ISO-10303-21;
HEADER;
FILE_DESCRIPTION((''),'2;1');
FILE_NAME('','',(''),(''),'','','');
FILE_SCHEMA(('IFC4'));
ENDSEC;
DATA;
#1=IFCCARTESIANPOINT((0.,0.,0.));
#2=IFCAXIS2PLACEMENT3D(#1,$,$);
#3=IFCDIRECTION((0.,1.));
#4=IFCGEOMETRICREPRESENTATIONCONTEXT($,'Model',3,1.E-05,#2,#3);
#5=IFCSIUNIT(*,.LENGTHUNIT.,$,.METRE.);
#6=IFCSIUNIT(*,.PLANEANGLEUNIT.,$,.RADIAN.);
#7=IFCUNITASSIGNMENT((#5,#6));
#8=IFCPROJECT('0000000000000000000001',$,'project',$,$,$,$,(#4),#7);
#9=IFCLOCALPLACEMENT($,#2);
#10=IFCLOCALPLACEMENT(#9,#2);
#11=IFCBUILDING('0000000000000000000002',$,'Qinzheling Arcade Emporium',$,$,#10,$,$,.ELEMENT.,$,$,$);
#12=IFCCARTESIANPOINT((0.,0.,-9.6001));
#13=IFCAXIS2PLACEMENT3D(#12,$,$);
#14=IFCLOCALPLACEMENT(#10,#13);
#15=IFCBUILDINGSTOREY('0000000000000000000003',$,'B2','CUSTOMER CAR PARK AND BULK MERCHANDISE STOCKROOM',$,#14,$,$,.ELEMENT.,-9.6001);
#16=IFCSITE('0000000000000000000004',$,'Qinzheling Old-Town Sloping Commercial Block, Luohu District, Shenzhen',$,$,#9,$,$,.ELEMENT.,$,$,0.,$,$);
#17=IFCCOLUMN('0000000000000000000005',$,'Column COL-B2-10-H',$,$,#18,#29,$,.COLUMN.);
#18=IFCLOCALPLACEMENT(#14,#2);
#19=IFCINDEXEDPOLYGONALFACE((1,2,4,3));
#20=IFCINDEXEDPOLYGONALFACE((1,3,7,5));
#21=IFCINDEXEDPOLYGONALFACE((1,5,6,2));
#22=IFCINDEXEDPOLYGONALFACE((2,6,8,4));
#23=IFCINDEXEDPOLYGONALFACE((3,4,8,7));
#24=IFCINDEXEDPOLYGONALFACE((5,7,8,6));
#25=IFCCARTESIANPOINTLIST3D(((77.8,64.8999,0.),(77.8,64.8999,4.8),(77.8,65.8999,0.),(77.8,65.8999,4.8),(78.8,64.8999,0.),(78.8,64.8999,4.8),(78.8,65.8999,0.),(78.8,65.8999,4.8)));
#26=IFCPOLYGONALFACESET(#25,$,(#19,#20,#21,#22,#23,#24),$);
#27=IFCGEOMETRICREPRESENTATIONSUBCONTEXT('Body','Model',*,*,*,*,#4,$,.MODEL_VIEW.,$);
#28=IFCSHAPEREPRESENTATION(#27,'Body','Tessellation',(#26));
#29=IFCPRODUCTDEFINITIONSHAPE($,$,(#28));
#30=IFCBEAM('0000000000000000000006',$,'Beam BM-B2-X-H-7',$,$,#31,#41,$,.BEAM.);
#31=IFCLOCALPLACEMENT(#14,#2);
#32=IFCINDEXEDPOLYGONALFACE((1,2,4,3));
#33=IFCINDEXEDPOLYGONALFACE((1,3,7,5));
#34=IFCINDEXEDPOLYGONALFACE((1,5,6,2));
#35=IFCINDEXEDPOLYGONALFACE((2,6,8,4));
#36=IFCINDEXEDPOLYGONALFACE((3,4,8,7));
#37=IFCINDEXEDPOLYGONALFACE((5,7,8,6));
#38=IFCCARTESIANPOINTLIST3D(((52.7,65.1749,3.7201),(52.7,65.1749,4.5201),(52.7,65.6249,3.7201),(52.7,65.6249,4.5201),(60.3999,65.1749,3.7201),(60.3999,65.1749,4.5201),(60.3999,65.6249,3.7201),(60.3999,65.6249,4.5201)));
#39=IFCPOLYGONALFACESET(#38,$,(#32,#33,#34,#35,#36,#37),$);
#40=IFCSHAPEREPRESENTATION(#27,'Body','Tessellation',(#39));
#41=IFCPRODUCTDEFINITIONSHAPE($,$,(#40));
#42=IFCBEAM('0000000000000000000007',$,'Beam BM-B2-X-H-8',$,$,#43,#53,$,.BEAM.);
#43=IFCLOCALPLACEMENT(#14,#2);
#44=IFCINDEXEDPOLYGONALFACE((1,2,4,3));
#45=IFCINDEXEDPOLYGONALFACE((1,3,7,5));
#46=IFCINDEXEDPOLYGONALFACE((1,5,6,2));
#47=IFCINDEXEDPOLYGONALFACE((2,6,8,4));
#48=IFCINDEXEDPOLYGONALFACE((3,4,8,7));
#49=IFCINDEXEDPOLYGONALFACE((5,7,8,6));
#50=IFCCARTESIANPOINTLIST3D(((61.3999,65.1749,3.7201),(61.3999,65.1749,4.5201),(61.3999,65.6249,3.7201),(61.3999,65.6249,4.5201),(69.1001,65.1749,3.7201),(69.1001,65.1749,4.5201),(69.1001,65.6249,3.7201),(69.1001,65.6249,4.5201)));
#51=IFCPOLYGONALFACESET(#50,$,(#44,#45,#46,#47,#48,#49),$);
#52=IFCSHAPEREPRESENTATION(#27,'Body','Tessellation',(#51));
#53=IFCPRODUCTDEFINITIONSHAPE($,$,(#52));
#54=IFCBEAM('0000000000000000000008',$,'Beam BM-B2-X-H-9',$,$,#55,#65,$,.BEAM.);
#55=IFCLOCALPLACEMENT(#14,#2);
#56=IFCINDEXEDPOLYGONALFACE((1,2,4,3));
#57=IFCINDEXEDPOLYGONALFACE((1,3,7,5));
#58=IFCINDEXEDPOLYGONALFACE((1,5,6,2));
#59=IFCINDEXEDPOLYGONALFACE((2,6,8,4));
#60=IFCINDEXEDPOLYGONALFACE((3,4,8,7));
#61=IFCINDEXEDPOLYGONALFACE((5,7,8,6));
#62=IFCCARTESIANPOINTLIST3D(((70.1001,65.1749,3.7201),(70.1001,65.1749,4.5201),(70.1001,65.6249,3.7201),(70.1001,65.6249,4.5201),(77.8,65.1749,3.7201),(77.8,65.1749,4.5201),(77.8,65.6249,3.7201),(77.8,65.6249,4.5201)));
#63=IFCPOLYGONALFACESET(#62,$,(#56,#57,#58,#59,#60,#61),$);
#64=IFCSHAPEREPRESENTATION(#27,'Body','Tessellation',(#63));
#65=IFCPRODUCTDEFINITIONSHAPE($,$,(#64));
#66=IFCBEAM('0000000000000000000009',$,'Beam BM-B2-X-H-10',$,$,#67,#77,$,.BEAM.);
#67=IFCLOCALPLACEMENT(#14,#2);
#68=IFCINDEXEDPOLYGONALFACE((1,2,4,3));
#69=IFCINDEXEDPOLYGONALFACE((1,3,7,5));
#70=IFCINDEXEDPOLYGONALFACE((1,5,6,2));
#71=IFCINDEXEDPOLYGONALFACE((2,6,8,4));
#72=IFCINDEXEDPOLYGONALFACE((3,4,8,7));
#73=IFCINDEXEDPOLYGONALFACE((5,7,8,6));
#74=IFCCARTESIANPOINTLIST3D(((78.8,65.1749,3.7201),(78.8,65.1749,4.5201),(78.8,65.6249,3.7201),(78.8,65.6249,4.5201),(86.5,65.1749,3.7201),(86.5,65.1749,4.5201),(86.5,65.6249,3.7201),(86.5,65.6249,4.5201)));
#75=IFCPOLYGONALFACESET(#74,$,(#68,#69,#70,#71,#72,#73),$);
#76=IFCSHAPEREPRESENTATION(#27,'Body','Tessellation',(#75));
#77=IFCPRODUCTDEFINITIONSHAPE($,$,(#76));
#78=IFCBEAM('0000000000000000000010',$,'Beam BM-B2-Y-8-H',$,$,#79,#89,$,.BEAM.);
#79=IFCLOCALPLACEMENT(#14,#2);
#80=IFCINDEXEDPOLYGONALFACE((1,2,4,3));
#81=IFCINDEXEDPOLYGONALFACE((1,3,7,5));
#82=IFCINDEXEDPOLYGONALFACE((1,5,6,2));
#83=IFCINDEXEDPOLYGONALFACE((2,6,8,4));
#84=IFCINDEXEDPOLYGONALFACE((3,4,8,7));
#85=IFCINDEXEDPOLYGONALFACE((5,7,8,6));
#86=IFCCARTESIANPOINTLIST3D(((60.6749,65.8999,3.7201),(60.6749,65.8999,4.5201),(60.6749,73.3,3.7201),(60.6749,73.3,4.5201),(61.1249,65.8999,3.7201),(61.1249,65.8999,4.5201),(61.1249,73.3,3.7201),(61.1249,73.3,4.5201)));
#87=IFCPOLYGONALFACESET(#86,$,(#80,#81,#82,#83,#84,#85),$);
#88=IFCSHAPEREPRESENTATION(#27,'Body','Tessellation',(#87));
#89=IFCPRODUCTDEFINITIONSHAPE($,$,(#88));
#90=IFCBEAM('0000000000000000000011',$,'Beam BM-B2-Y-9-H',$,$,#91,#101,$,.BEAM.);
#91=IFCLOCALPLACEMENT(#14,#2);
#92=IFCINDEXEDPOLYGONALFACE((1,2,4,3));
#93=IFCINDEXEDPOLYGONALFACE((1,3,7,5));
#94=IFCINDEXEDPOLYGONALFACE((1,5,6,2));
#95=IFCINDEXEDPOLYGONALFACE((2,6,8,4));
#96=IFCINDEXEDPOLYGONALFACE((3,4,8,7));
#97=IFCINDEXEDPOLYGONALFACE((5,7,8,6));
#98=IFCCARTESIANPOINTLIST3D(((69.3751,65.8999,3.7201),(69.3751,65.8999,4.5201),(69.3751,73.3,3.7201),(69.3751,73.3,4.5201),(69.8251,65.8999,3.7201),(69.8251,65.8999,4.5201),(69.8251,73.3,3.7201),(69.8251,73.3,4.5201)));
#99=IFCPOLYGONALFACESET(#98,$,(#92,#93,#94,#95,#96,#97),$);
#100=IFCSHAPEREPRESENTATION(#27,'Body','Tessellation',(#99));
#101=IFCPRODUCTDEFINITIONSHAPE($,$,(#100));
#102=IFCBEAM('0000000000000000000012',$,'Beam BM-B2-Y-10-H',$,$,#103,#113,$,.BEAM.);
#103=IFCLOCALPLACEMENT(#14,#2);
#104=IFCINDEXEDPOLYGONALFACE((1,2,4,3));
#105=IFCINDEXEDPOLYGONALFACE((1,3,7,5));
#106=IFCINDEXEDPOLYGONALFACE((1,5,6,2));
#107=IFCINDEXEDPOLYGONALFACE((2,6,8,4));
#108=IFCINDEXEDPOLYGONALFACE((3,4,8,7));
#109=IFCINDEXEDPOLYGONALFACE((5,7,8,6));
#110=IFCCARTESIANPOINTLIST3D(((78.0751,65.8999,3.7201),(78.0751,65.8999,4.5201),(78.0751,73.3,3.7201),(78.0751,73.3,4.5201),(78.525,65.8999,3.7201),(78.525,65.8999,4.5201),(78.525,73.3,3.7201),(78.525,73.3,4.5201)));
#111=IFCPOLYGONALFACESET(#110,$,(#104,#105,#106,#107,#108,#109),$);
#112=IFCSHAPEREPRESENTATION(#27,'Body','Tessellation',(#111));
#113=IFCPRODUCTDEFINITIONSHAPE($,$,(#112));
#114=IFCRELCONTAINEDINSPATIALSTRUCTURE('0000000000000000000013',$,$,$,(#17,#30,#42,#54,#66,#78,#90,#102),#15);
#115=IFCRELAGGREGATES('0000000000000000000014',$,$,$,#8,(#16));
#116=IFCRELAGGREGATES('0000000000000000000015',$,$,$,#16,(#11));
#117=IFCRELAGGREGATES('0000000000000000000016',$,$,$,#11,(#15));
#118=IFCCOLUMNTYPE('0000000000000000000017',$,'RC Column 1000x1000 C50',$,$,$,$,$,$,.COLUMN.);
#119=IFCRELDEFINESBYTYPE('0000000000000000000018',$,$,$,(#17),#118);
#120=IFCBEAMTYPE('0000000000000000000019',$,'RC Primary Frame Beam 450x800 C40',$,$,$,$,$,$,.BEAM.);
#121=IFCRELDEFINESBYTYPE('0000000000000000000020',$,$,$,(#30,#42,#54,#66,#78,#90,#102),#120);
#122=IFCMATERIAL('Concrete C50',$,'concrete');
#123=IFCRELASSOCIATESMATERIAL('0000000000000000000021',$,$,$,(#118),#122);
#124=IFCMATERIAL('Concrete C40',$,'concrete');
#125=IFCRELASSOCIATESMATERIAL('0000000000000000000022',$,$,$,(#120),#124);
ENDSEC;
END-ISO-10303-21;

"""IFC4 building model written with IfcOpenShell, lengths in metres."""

from ifc_helpers import new_model, si_unit, direction, frame, origin, origin_2d, place, context, subcontext, project, spatial, rectangle, extrude, material, material_profile, profile_set, type_object, element, save


model = new_model("IFC4")

# Units and contexts
model_context = context("Model", 3, precision=1e-05, world=origin(), true_north=direction((0.0, 1.0)))
body_context = subcontext(model_context, "Body", "Model", "MODEL_VIEW")
ifc_project = project(units=[si_unit("LENGTHUNIT", "METRE"), si_unit("PLANEANGLEUNIT", "RADIAN")], contexts=[model_context])

# Site, building, storey
site_placement = place(None, origin())
site = spatial("IfcSite", under=ifc_project, at=site_placement, Name="Qinzheling Old-Town Sloping Commercial Block, Luohu District, Shenzhen", CompositionType="ELEMENT", RefElevation=0.0)
building_placement = place(site_placement, origin())
building = spatial("IfcBuilding", under=site, at=building_placement, Name="Qinzheling Arcade Emporium", CompositionType="ELEMENT")
storey_placement = place(building_placement, frame((0.0, 0.0, -9.6001)))
storey = spatial("IfcBuildingStorey", under=building, at=storey_placement, Name="B2", Description="CUSTOMER CAR PARK AND BULK MERCHANDISE STOCKROOM", CompositionType="ELEMENT", Elevation=-9.6001)

# Shared definitions
ifc_material_1 = material(Name="Concrete C40", Category="concrete")

# Column
ifc_material_2 = material(Name="Concrete C50", Category="concrete")
ifc_material_profile_1 = material_profile(ifc_material_2, rectangle(XDim=1.0, YDim=1.0, at=origin_2d()), Name="RC 1000x1000", Category="concrete")
ifc_profile_set_1 = profile_set([ifc_material_profile_1], Name="Concrete C50")
column_type = type_object("IfcColumnType", Name="RC Column 1000x1000 C50", PredefinedType="COLUMN", material=ifc_profile_set_1)
for number, where, z_axis, x_axis, name in (
    (1, (78.3, 65.3999, 0.0), (0.0, 0.0, 1.0), (1.0, 0.0, 0.0), "Column COL-B2-10-H"),
):
    element("IfcColumn", number, at=place(storey_placement, frame(where, z_axis=z_axis, x_axis=x_axis)), inside=storey, type_object=column_type, Name=name, PredefinedType="COLUMN", context=body_context, shape_type="SweptSolid", body=[
        extrude(rectangle(XDim=1.0, YDim=1.0, at=origin_2d()), origin(), (0.0, 0.0, 1.0), 4.8),
    ])

# Beams
ifc_material_profile_2 = material_profile(ifc_material_1, rectangle(XDim=0.45, YDim=0.8, at=origin_2d()), Name="RC 450x800", Category="concrete")
ifc_profile_set_2 = profile_set([ifc_material_profile_2], Name="Concrete C40")
beam_type = type_object("IfcBeamType", Name="RC Primary Frame Beam 450x800 C40", PredefinedType="BEAM", material=ifc_profile_set_2)
beam_1_placement = place(storey_placement, frame((52.7, 65.3999, 4.1201), z_axis=(1.0, 0.0, 0.0), x_axis=(0.0, 1.0, 0.0)))
element("IfcBeam", 2, at=beam_1_placement, inside=storey, type_object=beam_type, Name="Beam BM-B2-X-H-7", PredefinedType="BEAM", context=body_context, shape_type="SweptSolid", body=[
    extrude(rectangle(XDim=0.45, YDim=0.8, at=origin_2d()), origin(), (0.0, 0.0, 1.0), 7.7),
])
beam_2_placement = place(storey_placement, frame((61.3999, 65.3999, 4.1201), z_axis=(1.0, 0.0, 0.0), x_axis=(0.0, 1.0, 0.0)))
element("IfcBeam", 3, at=beam_2_placement, inside=storey, type_object=beam_type, Name="Beam BM-B2-X-H-8", PredefinedType="BEAM", context=body_context, shape_type="SweptSolid", body=[
    extrude(rectangle(XDim=0.45, YDim=0.8, at=origin_2d()), origin(), (0.0, 0.0, 1.0), 7.7002),
])
for number, where, z_axis, x_axis, name in (
    (4, (70.1001, 65.3999, 4.1201), (1.0, 0.0, 0.0), (0.0, 1.0, 0.0), "Beam BM-B2-X-H-9"),
    (5, (78.8, 65.3999, 4.1201), (1.0, 0.0, 0.0), (0.0, 1.0, 0.0), "Beam BM-B2-X-H-10"),
):
    element("IfcBeam", number, at=place(storey_placement, frame(where, z_axis=z_axis, x_axis=x_axis)), inside=storey, type_object=beam_type, Name=name, PredefinedType="BEAM", context=body_context, shape_type="SweptSolid", body=[
        extrude(rectangle(XDim=0.45, YDim=0.8, at=origin_2d()), origin(), (0.0, 0.0, 1.0), 7.7),
    ])
for number, where, z_axis, x_axis, name in (
    (6, (60.8999, 65.8999, 4.1201), (0.0, 1.0, 0.0), (-1.0, 0.0, 0.0), "Beam BM-B2-Y-8-H"),
    (7, (69.6001, 65.8999, 4.1201), (0.0, 1.0, 0.0), (-1.0, 0.0, 0.0), "Beam BM-B2-Y-9-H"),
    (8, (78.3, 65.8999, 4.1201), (0.0, 1.0, 0.0), (-1.0, 0.0, 0.0), "Beam BM-B2-Y-10-H"),
):
    element("IfcBeam", number, at=place(storey_placement, frame(where, z_axis=z_axis, x_axis=x_axis)), inside=storey, type_object=beam_type, Name=name, PredefinedType="BEAM", context=body_context, shape_type="SweptSolid", body=[
        extrude(rectangle(XDim=0.45, YDim=0.8, at=origin_2d()), origin(), (0.0, 0.0, 1.0), 7.4001),
    ])

save(model, "model.ifc")
